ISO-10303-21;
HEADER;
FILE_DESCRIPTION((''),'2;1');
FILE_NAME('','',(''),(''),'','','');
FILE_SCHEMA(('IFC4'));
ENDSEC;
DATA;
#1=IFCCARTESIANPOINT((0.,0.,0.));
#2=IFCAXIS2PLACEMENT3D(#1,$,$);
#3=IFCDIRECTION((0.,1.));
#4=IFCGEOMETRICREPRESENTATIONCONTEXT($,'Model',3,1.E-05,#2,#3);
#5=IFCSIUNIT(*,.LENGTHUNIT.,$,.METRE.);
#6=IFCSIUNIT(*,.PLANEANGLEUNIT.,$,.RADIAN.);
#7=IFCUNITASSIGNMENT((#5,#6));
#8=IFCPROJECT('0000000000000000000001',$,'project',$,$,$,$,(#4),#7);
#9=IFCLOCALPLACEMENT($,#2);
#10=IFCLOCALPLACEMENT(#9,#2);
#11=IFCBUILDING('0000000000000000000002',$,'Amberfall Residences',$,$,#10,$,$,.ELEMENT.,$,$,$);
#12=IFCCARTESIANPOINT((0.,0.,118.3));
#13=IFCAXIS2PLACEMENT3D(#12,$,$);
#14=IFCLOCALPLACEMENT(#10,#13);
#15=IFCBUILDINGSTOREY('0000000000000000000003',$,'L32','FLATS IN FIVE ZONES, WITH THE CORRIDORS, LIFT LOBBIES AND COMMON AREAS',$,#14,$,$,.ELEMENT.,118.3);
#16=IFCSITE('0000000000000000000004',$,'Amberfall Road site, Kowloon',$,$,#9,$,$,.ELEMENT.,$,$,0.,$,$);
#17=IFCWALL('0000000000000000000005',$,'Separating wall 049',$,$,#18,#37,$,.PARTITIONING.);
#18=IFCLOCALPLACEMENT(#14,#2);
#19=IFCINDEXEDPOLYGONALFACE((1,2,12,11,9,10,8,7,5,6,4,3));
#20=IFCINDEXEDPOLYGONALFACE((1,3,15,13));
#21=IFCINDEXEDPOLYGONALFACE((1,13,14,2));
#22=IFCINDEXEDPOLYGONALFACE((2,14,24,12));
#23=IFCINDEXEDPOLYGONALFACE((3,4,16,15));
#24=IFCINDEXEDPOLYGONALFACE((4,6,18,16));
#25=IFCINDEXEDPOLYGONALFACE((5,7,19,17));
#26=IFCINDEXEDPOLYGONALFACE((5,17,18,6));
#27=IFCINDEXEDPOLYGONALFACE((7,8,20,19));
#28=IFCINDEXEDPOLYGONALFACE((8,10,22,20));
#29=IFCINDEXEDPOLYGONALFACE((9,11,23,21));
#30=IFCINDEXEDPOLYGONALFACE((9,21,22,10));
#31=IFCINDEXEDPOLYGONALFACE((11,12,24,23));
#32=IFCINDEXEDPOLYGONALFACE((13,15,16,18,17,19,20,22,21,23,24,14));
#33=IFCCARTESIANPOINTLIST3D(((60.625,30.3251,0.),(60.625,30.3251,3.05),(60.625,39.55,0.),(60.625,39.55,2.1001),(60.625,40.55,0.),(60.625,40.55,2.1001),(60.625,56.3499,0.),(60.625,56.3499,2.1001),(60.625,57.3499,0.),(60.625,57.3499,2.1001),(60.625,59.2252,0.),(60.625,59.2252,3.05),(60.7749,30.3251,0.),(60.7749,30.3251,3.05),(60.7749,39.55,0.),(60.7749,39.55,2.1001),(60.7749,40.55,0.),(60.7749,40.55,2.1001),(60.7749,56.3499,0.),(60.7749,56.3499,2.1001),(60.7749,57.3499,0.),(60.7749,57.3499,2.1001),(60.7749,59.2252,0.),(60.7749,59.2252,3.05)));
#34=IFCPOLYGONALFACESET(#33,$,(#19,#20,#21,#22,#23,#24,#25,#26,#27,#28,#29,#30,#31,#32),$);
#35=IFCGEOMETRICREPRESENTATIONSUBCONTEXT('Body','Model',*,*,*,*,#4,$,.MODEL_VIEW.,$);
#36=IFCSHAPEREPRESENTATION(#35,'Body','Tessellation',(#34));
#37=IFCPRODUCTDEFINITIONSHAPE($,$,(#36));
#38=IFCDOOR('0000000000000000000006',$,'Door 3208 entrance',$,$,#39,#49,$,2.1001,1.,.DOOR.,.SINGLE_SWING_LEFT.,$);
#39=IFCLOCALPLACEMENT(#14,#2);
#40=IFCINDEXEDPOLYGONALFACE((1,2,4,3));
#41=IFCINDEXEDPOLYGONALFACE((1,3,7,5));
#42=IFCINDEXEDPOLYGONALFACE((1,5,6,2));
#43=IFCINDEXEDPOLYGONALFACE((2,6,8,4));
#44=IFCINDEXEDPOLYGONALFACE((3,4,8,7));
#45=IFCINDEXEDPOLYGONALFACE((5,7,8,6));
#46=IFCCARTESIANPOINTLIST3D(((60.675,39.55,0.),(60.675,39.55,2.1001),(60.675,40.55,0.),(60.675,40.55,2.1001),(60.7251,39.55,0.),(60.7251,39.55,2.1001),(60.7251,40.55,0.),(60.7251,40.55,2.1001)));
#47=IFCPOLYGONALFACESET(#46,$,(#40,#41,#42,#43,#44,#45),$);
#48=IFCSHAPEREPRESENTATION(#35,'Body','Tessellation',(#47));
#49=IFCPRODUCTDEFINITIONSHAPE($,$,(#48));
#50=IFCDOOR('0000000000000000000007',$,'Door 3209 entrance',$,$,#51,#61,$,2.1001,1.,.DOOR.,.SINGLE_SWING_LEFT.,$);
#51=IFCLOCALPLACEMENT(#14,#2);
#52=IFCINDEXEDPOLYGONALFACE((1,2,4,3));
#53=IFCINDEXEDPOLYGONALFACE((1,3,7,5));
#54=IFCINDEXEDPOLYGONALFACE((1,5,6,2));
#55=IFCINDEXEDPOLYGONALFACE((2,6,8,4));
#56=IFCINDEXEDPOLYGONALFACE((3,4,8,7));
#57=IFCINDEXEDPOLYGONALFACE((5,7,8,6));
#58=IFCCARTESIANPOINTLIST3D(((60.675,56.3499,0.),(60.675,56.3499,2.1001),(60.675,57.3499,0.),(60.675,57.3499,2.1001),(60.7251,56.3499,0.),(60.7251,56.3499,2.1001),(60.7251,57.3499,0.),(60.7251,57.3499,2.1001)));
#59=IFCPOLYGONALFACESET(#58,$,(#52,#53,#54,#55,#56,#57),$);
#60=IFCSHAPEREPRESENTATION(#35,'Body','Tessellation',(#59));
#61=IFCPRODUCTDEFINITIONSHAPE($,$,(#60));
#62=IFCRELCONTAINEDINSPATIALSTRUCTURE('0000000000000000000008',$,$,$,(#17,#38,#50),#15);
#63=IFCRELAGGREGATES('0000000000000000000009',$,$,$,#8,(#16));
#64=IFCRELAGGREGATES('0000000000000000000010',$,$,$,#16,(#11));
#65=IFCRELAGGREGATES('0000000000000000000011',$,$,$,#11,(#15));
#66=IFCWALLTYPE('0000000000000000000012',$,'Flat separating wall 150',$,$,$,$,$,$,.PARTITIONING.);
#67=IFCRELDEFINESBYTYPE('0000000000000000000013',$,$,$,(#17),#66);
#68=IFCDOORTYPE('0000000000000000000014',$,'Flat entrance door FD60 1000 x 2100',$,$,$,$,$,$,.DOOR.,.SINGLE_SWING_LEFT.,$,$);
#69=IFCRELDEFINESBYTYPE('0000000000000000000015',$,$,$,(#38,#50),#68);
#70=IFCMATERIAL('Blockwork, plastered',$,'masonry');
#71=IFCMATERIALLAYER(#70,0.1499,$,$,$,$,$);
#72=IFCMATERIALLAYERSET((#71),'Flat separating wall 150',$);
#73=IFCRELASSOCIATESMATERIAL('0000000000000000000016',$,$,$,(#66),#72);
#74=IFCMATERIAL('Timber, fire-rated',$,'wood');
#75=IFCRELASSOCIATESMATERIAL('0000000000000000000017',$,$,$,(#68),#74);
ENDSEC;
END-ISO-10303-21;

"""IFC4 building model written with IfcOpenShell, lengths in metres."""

from ifc_helpers import new_model, si_unit, direction, frame, frame_2d, origin, place, context, subcontext, project, spatial, rectangle, extrude, material, layer, layer_set, type_object, element, fill, save


model = new_model("IFC4")

# Units and contexts
model_context = context("Model", 3, precision=1e-05, world=origin(), true_north=direction((0.0, 1.0)))
body_context = subcontext(model_context, "Body", "Model", "MODEL_VIEW")
ifc_project = project(units=[si_unit("LENGTHUNIT", "METRE"), si_unit("PLANEANGLEUNIT", "RADIAN")], contexts=[model_context])

# Site, building, storey
site_placement = place(None, origin())
site = spatial("IfcSite", under=ifc_project, at=site_placement, Name="Amberfall Road site, Kowloon", CompositionType="ELEMENT", RefElevation=0.0)
building_placement = place(site_placement, origin())
building = spatial("IfcBuilding", under=site, at=building_placement, Name="Amberfall Residences", CompositionType="ELEMENT")
storey_placement = place(building_placement, frame((0.0, 0.0, 118.3)))
storey = spatial("IfcBuildingStorey", under=building, at=storey_placement, Name="L32", Description="FLATS IN FIVE ZONES, WITH THE CORRIDORS, LIFT LOBBIES AND COMMON AREAS", CompositionType="ELEMENT", Elevation=118.3)

# Wall, openings, doors
ifc_material_1 = material(Name="Blockwork, plastered", Category="masonry")
ifc_layer_1 = layer(ifc_material_1, 0.1499)
ifc_layer_set_1 = layer_set([ifc_layer_1], Name="Flat separating wall 150")
wall_type_1 = type_object("IfcWallType", Name="Flat separating wall 150", PredefinedType="PARTITIONING", material=ifc_layer_set_1)
wall_1_placement = place(storey_placement, frame((60.7, 30.325, 0.0), z_axis=(0.0, 0.0, 1.0), x_axis=(0.0, 1.0, 0.0)))
wall_1 = element("IfcWall", 1, at=wall_1_placement, inside=storey, type_object=wall_type_1, Name="Separating wall 049", PredefinedType="PARTITIONING", context=body_context, shape_type="SweptSolid", body=[
    extrude(rectangle(XDim=28.9001, YDim=0.1499, at=frame_2d((14.4502, 0.0))), origin(), (0.0, 0.0, 1.0), 3.05),
])
opening_1_placement = place(wall_1_placement, frame((9.2251, 0.0, 0.0)))
opening_1 = element("IfcOpeningElement", 2, at=opening_1_placement, cuts=wall_1, PredefinedType="OPENING", context=body_context, shape_type="SweptSolid", body=[
    extrude(rectangle(XDim=1.0, YDim=2.1001, at=frame_2d((0.5, 1.05))), frame((0.0, 0.085, 0.0), z_axis=(0.0, -1.0, 0.0), x_axis=(1.0, 0.0, 0.0)), (0.0, 0.0, 1.0), 0.1699),
])
opening_2_placement = place(wall_1_placement, frame((26.0249, 0.0, 0.0)))
opening_2 = element("IfcOpeningElement", 3, at=opening_2_placement, cuts=wall_1, PredefinedType="OPENING", context=body_context, shape_type="SweptSolid", body=[
    extrude(rectangle(XDim=1.0, YDim=2.1001, at=frame_2d((0.5, 1.05))), frame((0.0, 0.085, 0.0), z_axis=(0.0, -1.0, 0.0), x_axis=(1.0, 0.0, 0.0)), (0.0, 0.0, 1.0), 0.1699),
])
ifc_material_2 = material(Name="Timber, fire-rated", Category="wood")
door_type_1 = type_object("IfcDoorType", Name="Flat entrance door FD60 1000 x 2100", OperationType="SINGLE_SWING_LEFT", PredefinedType="DOOR", material=ifc_material_2)
door_1_placement = place(opening_1_placement, origin())
door_1 = element("IfcDoor", 4, at=door_1_placement, inside=storey, type_object=door_type_1, Name="Door 3208 entrance", OperationType="SINGLE_SWING_LEFT", OverallHeight=2.1001, OverallWidth=1.0, PredefinedType="DOOR", context=body_context, shape_type="SweptSolid", body=[
    extrude(rectangle(XDim=1.0, YDim=2.1001, at=frame_2d((0.5, 1.05))), frame((0.0, 0.0249, 0.0), z_axis=(0.0, -1.0, 0.0), x_axis=(1.0, 0.0, 0.0)), (0.0, 0.0, 1.0), 0.05),
])
fill(opening_1, door_1)
door_2_placement = place(opening_2_placement, origin())
door_2 = element("IfcDoor", 5, at=door_2_placement, inside=storey, type_object=door_type_1, Name="Door 3209 entrance", OperationType="SINGLE_SWING_LEFT", OverallHeight=2.1001, OverallWidth=1.0, PredefinedType="DOOR", context=body_context, shape_type="SweptSolid", body=[
    extrude(rectangle(XDim=1.0, YDim=2.1001, at=frame_2d((0.5, 1.05))), frame((0.0, 0.0249, 0.0), z_axis=(0.0, -1.0, 0.0), x_axis=(1.0, 0.0, 0.0)), (0.0, 0.0, 1.0), 0.05),
])
fill(opening_2, door_2)

save(model, "model.ifc")
